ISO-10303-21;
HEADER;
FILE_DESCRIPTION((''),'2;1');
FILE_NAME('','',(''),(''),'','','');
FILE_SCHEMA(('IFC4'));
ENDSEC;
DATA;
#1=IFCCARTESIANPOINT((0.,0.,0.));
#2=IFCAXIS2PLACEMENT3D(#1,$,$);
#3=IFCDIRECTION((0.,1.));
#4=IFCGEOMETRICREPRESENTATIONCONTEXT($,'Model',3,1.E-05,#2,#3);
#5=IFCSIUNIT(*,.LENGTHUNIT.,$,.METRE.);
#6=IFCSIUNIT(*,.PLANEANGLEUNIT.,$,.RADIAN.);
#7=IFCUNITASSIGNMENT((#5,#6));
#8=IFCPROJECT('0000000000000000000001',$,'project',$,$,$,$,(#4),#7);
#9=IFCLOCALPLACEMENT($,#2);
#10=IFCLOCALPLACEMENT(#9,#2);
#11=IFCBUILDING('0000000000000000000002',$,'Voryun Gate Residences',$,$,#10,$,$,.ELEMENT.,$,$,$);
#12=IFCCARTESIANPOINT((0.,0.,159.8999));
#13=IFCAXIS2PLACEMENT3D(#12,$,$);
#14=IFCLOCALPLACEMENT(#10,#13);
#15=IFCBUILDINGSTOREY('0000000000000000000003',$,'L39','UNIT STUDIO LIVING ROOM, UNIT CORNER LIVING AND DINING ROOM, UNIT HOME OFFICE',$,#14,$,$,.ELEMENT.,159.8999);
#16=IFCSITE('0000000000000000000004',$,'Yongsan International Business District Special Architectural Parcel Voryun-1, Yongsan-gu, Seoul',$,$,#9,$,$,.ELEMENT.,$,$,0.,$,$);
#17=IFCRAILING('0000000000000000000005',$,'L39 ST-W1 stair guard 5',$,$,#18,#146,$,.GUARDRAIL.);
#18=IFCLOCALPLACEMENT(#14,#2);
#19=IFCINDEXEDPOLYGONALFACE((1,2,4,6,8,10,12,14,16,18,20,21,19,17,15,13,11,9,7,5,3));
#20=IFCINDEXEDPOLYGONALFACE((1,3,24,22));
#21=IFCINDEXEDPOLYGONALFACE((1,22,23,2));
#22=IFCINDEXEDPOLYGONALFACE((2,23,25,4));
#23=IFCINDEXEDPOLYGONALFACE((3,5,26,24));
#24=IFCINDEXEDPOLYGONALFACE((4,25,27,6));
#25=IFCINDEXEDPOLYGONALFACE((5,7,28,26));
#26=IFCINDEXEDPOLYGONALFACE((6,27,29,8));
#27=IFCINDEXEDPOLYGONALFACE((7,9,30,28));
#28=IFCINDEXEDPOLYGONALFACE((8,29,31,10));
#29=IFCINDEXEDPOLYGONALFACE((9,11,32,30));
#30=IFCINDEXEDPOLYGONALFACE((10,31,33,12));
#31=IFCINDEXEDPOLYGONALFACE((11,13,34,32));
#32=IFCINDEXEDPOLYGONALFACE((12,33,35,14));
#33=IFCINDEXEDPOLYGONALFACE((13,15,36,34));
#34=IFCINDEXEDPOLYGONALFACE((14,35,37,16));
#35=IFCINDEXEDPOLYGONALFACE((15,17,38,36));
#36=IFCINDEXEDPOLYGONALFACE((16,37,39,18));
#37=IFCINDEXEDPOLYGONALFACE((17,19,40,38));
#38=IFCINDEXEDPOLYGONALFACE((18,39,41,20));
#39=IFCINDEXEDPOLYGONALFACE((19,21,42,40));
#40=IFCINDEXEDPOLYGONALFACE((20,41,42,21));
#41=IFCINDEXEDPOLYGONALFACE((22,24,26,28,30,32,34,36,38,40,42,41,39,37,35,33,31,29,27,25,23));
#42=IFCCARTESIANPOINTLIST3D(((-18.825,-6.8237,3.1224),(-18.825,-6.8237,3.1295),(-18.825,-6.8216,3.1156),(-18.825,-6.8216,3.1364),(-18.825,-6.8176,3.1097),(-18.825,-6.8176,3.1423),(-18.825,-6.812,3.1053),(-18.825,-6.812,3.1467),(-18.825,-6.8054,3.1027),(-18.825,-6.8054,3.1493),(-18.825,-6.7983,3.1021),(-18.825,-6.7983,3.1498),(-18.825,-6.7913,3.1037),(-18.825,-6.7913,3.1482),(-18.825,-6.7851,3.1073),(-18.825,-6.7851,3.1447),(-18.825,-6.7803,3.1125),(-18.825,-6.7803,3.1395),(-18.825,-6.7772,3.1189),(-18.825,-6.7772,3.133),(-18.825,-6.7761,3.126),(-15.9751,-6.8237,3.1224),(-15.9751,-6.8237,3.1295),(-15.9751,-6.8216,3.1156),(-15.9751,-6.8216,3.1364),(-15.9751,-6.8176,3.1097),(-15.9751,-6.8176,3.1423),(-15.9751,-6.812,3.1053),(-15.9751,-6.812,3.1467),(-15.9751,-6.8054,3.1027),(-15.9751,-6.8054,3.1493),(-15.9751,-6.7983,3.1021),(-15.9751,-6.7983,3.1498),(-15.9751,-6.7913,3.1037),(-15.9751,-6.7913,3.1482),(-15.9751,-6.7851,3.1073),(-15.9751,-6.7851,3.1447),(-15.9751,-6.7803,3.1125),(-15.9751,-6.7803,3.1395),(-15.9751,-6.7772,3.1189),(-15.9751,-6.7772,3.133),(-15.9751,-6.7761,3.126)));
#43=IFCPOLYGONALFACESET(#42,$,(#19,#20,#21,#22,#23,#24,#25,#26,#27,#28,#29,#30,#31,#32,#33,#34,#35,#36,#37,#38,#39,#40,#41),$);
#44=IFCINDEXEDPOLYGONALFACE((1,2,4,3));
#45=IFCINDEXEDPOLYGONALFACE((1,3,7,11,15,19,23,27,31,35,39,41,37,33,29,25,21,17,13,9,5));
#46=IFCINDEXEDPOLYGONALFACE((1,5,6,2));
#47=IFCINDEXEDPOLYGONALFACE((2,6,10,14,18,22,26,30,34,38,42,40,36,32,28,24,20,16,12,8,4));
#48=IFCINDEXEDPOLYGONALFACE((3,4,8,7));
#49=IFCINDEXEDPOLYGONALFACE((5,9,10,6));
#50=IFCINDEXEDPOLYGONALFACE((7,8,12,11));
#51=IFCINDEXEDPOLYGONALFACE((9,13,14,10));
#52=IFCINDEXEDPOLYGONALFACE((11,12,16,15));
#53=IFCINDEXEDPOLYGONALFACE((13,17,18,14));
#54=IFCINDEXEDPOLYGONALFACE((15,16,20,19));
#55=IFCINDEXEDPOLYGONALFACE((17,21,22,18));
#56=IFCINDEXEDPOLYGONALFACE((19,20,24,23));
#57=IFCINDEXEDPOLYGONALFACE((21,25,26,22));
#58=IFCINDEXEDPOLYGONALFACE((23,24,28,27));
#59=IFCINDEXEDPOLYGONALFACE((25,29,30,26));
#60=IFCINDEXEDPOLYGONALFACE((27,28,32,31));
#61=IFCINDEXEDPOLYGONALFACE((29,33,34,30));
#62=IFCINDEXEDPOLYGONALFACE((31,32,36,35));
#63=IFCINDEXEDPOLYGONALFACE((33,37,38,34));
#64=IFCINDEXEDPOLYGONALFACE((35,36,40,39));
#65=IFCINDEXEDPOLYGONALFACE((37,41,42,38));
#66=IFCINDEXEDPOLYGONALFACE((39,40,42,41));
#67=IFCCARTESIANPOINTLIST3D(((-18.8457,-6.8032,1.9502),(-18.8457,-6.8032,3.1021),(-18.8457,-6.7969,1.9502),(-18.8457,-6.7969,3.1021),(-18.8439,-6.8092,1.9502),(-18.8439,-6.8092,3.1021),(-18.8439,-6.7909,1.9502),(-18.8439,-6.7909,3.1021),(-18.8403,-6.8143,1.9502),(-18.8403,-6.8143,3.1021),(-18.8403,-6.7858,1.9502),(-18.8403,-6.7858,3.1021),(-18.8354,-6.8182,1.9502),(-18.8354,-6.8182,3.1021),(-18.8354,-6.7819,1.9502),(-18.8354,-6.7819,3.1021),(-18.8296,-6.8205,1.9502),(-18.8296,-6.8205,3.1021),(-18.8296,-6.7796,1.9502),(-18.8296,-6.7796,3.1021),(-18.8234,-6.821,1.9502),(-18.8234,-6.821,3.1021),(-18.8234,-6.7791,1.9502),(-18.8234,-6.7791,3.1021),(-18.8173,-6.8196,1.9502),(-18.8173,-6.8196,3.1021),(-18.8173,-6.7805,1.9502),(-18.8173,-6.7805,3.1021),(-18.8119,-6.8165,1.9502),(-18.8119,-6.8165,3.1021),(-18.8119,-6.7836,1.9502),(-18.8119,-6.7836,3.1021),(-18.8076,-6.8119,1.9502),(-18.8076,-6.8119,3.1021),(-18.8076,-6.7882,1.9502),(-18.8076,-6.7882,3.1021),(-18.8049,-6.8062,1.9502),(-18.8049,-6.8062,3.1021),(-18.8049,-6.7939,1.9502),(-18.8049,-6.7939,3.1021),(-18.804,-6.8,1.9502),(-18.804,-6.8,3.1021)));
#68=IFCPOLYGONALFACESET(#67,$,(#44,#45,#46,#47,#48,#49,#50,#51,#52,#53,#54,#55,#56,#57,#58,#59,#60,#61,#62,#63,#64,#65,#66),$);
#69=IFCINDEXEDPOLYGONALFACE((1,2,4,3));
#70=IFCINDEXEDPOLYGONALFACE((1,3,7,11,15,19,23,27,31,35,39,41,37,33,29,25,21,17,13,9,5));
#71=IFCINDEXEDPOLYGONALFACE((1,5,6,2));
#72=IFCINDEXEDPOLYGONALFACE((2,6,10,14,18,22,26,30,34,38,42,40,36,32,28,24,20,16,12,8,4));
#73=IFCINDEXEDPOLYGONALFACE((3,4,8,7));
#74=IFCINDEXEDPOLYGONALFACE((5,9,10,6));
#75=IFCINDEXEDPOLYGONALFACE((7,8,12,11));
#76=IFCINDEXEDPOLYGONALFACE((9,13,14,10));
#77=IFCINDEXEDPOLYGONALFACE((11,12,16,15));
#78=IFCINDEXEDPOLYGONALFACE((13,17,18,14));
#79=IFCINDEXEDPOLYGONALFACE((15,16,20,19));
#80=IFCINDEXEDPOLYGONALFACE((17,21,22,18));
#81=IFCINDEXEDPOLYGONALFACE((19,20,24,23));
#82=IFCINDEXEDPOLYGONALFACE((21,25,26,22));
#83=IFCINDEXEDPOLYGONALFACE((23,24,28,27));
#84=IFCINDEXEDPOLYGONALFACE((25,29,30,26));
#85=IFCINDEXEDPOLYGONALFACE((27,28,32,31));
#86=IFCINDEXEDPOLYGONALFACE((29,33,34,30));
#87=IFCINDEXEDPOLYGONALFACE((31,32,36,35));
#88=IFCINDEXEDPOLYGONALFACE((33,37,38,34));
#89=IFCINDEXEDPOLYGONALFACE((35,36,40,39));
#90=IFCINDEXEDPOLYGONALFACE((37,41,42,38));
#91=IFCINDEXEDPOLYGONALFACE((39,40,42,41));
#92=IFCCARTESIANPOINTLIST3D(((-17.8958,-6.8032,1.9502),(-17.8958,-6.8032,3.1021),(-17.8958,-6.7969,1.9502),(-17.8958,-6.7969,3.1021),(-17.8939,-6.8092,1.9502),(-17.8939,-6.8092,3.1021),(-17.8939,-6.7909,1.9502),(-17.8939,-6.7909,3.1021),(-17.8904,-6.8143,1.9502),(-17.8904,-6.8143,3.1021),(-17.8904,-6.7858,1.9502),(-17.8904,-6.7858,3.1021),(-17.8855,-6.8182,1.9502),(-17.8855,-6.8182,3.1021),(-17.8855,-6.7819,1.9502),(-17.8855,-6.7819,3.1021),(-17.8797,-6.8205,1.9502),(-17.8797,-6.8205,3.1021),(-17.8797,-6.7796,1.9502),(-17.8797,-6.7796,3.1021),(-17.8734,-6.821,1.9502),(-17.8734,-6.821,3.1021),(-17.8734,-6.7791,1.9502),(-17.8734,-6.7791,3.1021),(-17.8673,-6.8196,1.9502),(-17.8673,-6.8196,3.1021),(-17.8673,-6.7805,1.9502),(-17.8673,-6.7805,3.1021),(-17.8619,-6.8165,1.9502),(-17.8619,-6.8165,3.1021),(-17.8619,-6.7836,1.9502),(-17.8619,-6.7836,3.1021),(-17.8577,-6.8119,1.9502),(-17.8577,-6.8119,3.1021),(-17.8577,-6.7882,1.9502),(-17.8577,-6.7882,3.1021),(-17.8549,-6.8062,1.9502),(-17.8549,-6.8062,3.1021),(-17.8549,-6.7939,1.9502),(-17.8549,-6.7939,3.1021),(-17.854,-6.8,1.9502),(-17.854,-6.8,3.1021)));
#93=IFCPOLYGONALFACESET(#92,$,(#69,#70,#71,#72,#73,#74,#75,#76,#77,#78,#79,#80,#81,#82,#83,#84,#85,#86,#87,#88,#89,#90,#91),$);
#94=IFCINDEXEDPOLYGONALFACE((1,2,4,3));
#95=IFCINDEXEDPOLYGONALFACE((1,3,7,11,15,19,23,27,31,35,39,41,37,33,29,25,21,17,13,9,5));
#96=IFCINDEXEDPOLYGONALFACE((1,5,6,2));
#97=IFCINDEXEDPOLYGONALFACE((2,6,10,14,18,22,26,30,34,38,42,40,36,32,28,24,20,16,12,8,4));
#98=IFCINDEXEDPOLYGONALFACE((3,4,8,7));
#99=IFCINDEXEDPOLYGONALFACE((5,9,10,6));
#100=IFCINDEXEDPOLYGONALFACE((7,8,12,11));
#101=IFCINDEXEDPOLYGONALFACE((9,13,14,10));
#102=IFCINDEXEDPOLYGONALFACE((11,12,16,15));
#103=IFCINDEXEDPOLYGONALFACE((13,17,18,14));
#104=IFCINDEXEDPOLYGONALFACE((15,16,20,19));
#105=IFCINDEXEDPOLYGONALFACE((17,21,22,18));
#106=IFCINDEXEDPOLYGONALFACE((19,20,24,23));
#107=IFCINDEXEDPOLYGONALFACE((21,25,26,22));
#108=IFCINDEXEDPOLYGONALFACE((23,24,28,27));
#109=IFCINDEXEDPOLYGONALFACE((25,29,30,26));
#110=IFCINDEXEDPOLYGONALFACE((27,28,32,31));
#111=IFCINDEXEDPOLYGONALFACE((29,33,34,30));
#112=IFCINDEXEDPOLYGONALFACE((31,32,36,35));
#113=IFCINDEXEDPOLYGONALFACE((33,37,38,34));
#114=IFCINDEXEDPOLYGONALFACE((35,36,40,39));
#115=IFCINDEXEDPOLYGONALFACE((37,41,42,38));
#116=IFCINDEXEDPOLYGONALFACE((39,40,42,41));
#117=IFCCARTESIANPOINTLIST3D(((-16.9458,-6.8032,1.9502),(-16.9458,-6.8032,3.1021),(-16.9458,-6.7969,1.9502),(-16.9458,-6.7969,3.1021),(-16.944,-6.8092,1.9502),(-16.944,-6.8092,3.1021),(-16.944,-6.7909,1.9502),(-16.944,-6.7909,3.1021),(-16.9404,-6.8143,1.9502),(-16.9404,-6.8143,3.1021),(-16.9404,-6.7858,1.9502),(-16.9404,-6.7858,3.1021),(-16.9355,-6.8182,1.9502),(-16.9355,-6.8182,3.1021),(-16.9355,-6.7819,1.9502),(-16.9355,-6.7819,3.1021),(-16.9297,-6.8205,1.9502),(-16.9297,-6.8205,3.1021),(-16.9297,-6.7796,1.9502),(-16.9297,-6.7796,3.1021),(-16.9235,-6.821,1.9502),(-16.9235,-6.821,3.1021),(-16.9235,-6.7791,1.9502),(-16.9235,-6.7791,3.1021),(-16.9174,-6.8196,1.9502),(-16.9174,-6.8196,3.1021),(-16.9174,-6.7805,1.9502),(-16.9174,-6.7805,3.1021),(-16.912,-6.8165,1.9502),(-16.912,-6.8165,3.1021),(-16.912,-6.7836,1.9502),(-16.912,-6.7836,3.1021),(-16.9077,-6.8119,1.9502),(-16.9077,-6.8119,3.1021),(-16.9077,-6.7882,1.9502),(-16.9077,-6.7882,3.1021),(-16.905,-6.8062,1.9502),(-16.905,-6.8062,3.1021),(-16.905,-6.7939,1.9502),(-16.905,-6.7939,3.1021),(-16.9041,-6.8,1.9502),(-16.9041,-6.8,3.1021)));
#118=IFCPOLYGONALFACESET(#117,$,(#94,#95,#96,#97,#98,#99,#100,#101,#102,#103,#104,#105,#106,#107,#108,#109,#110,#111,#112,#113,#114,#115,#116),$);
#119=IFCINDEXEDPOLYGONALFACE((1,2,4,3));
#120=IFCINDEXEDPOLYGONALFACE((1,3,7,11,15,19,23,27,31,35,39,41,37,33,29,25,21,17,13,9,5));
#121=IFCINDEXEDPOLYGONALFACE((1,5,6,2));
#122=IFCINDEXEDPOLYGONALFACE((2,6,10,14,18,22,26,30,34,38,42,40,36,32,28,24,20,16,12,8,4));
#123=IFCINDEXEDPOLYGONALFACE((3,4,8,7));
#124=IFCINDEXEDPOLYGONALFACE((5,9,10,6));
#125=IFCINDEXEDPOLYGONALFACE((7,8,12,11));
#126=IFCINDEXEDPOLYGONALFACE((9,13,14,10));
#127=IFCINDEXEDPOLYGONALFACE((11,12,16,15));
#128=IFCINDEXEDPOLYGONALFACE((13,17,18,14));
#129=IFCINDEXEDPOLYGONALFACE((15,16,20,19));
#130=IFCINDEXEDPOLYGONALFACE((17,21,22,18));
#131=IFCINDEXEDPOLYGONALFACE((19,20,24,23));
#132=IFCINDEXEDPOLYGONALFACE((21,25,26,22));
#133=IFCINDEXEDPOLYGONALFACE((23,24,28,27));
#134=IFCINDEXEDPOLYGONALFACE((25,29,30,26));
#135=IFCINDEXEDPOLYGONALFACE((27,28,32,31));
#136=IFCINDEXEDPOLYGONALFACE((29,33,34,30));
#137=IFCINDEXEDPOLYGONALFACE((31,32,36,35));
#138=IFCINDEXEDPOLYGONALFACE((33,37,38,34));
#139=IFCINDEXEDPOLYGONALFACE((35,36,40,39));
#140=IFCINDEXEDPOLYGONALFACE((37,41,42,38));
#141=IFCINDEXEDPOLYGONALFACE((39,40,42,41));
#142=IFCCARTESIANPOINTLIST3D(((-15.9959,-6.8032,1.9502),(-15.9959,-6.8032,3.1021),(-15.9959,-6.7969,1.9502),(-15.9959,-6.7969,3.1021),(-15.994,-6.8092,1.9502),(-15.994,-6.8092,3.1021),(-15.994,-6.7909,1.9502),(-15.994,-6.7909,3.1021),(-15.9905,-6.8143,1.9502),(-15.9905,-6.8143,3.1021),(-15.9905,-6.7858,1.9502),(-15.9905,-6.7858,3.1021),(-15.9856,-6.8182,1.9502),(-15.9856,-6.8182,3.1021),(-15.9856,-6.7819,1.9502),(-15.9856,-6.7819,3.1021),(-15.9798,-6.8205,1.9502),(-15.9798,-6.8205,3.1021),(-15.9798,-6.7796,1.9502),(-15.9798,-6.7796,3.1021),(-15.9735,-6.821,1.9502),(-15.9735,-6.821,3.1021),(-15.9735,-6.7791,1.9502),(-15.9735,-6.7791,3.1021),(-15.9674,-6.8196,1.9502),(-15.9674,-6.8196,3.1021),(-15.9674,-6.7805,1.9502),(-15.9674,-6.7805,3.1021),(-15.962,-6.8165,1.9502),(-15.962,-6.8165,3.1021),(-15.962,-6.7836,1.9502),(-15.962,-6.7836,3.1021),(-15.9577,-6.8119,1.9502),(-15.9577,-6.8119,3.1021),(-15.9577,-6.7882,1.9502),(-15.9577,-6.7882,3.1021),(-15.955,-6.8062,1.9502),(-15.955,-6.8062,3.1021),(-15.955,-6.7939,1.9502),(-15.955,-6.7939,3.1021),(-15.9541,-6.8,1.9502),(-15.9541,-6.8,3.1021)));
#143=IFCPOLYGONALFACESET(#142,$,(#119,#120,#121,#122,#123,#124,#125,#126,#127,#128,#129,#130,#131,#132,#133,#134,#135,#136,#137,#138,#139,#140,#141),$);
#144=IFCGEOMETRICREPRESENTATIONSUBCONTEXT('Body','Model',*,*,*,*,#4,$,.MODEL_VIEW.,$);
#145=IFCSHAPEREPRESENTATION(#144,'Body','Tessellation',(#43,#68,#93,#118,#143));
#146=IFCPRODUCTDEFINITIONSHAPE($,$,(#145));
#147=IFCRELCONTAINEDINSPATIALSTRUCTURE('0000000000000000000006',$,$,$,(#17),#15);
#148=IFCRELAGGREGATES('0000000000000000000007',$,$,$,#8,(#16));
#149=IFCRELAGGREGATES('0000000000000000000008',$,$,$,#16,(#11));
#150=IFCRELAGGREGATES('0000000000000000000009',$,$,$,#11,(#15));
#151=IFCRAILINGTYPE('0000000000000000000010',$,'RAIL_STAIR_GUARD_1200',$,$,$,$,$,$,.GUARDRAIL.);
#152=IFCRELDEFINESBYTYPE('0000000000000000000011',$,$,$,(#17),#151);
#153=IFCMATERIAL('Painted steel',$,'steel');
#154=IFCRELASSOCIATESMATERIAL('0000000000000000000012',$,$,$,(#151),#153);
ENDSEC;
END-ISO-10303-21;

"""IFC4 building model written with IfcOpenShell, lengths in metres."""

from ifc_helpers import new_model, si_unit, direction, frame, origin, origin_2d, place, context, subcontext, project, spatial, circle, extrude, material, type_object, element, save


model = new_model("IFC4")

# Units and contexts
model_context = context("Model", 3, precision=1e-05, world=origin(), true_north=direction((0.0, 1.0)))
body_context = subcontext(model_context, "Body", "Model", "MODEL_VIEW")
ifc_project = project(units=[si_unit("LENGTHUNIT", "METRE"), si_unit("PLANEANGLEUNIT", "RADIAN")], contexts=[model_context])

# Site, building, storey
site_placement = place(None, origin())
site = spatial("IfcSite", under=ifc_project, at=site_placement, Name="Yongsan International Business District Special Architectural Parcel Voryun-1, Yongsan-gu, Seoul", CompositionType="ELEMENT", RefElevation=0.0)
building_placement = place(site_placement, origin())
building = spatial("IfcBuilding", under=site, at=building_placement, Name="Voryun Gate Residences", CompositionType="ELEMENT")
storey_placement = place(building_placement, frame((0.0, 0.0, 159.8999)))
storey = spatial("IfcBuildingStorey", under=building, at=storey_placement, Name="L39", Description="UNIT STUDIO LIVING ROOM, UNIT CORNER LIVING AND DINING ROOM, UNIT HOME OFFICE", CompositionType="ELEMENT", Elevation=159.8999)

# Railing
ifc_material_1 = material(Name="Painted steel", Category="steel")
railing_type = type_object("IfcRailingType", Name="RAIL_STAIR_GUARD_1200", PredefinedType="GUARDRAIL", material=ifc_material_1)
railing_1_placement = place(storey_placement, frame((-18.825, -6.8, 1.9502)))
element("IfcRailing", 1, at=railing_1_placement, inside=storey, type_object=railing_type, Name="L39 ST-W1 stair guard 5", PredefinedType="GUARDRAIL", context=body_context, shape_type="SweptSolid", body=[
    extrude(circle(Radius=0.0239, at=origin_2d()), frame((0.0, 0.0, 1.1758), z_axis=(1.0, 0.0, 0.0), x_axis=(0.0, 1.0, 0.0)), (0.0, 0.0, 1.0), 2.8499),
    extrude(circle(Radius=0.021, at=origin_2d()), origin(), (0.0, 0.0, 1.0), 1.1519),
    extrude(circle(Radius=0.021, at=origin_2d()), frame((0.95, 0.0, 0.0)), (0.0, 0.0, 1.0), 1.1519),
    extrude(circle(Radius=0.021, at=origin_2d()), frame((1.8999, 0.0, 0.0)), (0.0, 0.0, 1.0), 1.1519),
    extrude(circle(Radius=0.021, at=origin_2d()), frame((2.8499, 0.0, 0.0)), (0.0, 0.0, 1.0), 1.1519),
])

save(model, "model.ifc")
